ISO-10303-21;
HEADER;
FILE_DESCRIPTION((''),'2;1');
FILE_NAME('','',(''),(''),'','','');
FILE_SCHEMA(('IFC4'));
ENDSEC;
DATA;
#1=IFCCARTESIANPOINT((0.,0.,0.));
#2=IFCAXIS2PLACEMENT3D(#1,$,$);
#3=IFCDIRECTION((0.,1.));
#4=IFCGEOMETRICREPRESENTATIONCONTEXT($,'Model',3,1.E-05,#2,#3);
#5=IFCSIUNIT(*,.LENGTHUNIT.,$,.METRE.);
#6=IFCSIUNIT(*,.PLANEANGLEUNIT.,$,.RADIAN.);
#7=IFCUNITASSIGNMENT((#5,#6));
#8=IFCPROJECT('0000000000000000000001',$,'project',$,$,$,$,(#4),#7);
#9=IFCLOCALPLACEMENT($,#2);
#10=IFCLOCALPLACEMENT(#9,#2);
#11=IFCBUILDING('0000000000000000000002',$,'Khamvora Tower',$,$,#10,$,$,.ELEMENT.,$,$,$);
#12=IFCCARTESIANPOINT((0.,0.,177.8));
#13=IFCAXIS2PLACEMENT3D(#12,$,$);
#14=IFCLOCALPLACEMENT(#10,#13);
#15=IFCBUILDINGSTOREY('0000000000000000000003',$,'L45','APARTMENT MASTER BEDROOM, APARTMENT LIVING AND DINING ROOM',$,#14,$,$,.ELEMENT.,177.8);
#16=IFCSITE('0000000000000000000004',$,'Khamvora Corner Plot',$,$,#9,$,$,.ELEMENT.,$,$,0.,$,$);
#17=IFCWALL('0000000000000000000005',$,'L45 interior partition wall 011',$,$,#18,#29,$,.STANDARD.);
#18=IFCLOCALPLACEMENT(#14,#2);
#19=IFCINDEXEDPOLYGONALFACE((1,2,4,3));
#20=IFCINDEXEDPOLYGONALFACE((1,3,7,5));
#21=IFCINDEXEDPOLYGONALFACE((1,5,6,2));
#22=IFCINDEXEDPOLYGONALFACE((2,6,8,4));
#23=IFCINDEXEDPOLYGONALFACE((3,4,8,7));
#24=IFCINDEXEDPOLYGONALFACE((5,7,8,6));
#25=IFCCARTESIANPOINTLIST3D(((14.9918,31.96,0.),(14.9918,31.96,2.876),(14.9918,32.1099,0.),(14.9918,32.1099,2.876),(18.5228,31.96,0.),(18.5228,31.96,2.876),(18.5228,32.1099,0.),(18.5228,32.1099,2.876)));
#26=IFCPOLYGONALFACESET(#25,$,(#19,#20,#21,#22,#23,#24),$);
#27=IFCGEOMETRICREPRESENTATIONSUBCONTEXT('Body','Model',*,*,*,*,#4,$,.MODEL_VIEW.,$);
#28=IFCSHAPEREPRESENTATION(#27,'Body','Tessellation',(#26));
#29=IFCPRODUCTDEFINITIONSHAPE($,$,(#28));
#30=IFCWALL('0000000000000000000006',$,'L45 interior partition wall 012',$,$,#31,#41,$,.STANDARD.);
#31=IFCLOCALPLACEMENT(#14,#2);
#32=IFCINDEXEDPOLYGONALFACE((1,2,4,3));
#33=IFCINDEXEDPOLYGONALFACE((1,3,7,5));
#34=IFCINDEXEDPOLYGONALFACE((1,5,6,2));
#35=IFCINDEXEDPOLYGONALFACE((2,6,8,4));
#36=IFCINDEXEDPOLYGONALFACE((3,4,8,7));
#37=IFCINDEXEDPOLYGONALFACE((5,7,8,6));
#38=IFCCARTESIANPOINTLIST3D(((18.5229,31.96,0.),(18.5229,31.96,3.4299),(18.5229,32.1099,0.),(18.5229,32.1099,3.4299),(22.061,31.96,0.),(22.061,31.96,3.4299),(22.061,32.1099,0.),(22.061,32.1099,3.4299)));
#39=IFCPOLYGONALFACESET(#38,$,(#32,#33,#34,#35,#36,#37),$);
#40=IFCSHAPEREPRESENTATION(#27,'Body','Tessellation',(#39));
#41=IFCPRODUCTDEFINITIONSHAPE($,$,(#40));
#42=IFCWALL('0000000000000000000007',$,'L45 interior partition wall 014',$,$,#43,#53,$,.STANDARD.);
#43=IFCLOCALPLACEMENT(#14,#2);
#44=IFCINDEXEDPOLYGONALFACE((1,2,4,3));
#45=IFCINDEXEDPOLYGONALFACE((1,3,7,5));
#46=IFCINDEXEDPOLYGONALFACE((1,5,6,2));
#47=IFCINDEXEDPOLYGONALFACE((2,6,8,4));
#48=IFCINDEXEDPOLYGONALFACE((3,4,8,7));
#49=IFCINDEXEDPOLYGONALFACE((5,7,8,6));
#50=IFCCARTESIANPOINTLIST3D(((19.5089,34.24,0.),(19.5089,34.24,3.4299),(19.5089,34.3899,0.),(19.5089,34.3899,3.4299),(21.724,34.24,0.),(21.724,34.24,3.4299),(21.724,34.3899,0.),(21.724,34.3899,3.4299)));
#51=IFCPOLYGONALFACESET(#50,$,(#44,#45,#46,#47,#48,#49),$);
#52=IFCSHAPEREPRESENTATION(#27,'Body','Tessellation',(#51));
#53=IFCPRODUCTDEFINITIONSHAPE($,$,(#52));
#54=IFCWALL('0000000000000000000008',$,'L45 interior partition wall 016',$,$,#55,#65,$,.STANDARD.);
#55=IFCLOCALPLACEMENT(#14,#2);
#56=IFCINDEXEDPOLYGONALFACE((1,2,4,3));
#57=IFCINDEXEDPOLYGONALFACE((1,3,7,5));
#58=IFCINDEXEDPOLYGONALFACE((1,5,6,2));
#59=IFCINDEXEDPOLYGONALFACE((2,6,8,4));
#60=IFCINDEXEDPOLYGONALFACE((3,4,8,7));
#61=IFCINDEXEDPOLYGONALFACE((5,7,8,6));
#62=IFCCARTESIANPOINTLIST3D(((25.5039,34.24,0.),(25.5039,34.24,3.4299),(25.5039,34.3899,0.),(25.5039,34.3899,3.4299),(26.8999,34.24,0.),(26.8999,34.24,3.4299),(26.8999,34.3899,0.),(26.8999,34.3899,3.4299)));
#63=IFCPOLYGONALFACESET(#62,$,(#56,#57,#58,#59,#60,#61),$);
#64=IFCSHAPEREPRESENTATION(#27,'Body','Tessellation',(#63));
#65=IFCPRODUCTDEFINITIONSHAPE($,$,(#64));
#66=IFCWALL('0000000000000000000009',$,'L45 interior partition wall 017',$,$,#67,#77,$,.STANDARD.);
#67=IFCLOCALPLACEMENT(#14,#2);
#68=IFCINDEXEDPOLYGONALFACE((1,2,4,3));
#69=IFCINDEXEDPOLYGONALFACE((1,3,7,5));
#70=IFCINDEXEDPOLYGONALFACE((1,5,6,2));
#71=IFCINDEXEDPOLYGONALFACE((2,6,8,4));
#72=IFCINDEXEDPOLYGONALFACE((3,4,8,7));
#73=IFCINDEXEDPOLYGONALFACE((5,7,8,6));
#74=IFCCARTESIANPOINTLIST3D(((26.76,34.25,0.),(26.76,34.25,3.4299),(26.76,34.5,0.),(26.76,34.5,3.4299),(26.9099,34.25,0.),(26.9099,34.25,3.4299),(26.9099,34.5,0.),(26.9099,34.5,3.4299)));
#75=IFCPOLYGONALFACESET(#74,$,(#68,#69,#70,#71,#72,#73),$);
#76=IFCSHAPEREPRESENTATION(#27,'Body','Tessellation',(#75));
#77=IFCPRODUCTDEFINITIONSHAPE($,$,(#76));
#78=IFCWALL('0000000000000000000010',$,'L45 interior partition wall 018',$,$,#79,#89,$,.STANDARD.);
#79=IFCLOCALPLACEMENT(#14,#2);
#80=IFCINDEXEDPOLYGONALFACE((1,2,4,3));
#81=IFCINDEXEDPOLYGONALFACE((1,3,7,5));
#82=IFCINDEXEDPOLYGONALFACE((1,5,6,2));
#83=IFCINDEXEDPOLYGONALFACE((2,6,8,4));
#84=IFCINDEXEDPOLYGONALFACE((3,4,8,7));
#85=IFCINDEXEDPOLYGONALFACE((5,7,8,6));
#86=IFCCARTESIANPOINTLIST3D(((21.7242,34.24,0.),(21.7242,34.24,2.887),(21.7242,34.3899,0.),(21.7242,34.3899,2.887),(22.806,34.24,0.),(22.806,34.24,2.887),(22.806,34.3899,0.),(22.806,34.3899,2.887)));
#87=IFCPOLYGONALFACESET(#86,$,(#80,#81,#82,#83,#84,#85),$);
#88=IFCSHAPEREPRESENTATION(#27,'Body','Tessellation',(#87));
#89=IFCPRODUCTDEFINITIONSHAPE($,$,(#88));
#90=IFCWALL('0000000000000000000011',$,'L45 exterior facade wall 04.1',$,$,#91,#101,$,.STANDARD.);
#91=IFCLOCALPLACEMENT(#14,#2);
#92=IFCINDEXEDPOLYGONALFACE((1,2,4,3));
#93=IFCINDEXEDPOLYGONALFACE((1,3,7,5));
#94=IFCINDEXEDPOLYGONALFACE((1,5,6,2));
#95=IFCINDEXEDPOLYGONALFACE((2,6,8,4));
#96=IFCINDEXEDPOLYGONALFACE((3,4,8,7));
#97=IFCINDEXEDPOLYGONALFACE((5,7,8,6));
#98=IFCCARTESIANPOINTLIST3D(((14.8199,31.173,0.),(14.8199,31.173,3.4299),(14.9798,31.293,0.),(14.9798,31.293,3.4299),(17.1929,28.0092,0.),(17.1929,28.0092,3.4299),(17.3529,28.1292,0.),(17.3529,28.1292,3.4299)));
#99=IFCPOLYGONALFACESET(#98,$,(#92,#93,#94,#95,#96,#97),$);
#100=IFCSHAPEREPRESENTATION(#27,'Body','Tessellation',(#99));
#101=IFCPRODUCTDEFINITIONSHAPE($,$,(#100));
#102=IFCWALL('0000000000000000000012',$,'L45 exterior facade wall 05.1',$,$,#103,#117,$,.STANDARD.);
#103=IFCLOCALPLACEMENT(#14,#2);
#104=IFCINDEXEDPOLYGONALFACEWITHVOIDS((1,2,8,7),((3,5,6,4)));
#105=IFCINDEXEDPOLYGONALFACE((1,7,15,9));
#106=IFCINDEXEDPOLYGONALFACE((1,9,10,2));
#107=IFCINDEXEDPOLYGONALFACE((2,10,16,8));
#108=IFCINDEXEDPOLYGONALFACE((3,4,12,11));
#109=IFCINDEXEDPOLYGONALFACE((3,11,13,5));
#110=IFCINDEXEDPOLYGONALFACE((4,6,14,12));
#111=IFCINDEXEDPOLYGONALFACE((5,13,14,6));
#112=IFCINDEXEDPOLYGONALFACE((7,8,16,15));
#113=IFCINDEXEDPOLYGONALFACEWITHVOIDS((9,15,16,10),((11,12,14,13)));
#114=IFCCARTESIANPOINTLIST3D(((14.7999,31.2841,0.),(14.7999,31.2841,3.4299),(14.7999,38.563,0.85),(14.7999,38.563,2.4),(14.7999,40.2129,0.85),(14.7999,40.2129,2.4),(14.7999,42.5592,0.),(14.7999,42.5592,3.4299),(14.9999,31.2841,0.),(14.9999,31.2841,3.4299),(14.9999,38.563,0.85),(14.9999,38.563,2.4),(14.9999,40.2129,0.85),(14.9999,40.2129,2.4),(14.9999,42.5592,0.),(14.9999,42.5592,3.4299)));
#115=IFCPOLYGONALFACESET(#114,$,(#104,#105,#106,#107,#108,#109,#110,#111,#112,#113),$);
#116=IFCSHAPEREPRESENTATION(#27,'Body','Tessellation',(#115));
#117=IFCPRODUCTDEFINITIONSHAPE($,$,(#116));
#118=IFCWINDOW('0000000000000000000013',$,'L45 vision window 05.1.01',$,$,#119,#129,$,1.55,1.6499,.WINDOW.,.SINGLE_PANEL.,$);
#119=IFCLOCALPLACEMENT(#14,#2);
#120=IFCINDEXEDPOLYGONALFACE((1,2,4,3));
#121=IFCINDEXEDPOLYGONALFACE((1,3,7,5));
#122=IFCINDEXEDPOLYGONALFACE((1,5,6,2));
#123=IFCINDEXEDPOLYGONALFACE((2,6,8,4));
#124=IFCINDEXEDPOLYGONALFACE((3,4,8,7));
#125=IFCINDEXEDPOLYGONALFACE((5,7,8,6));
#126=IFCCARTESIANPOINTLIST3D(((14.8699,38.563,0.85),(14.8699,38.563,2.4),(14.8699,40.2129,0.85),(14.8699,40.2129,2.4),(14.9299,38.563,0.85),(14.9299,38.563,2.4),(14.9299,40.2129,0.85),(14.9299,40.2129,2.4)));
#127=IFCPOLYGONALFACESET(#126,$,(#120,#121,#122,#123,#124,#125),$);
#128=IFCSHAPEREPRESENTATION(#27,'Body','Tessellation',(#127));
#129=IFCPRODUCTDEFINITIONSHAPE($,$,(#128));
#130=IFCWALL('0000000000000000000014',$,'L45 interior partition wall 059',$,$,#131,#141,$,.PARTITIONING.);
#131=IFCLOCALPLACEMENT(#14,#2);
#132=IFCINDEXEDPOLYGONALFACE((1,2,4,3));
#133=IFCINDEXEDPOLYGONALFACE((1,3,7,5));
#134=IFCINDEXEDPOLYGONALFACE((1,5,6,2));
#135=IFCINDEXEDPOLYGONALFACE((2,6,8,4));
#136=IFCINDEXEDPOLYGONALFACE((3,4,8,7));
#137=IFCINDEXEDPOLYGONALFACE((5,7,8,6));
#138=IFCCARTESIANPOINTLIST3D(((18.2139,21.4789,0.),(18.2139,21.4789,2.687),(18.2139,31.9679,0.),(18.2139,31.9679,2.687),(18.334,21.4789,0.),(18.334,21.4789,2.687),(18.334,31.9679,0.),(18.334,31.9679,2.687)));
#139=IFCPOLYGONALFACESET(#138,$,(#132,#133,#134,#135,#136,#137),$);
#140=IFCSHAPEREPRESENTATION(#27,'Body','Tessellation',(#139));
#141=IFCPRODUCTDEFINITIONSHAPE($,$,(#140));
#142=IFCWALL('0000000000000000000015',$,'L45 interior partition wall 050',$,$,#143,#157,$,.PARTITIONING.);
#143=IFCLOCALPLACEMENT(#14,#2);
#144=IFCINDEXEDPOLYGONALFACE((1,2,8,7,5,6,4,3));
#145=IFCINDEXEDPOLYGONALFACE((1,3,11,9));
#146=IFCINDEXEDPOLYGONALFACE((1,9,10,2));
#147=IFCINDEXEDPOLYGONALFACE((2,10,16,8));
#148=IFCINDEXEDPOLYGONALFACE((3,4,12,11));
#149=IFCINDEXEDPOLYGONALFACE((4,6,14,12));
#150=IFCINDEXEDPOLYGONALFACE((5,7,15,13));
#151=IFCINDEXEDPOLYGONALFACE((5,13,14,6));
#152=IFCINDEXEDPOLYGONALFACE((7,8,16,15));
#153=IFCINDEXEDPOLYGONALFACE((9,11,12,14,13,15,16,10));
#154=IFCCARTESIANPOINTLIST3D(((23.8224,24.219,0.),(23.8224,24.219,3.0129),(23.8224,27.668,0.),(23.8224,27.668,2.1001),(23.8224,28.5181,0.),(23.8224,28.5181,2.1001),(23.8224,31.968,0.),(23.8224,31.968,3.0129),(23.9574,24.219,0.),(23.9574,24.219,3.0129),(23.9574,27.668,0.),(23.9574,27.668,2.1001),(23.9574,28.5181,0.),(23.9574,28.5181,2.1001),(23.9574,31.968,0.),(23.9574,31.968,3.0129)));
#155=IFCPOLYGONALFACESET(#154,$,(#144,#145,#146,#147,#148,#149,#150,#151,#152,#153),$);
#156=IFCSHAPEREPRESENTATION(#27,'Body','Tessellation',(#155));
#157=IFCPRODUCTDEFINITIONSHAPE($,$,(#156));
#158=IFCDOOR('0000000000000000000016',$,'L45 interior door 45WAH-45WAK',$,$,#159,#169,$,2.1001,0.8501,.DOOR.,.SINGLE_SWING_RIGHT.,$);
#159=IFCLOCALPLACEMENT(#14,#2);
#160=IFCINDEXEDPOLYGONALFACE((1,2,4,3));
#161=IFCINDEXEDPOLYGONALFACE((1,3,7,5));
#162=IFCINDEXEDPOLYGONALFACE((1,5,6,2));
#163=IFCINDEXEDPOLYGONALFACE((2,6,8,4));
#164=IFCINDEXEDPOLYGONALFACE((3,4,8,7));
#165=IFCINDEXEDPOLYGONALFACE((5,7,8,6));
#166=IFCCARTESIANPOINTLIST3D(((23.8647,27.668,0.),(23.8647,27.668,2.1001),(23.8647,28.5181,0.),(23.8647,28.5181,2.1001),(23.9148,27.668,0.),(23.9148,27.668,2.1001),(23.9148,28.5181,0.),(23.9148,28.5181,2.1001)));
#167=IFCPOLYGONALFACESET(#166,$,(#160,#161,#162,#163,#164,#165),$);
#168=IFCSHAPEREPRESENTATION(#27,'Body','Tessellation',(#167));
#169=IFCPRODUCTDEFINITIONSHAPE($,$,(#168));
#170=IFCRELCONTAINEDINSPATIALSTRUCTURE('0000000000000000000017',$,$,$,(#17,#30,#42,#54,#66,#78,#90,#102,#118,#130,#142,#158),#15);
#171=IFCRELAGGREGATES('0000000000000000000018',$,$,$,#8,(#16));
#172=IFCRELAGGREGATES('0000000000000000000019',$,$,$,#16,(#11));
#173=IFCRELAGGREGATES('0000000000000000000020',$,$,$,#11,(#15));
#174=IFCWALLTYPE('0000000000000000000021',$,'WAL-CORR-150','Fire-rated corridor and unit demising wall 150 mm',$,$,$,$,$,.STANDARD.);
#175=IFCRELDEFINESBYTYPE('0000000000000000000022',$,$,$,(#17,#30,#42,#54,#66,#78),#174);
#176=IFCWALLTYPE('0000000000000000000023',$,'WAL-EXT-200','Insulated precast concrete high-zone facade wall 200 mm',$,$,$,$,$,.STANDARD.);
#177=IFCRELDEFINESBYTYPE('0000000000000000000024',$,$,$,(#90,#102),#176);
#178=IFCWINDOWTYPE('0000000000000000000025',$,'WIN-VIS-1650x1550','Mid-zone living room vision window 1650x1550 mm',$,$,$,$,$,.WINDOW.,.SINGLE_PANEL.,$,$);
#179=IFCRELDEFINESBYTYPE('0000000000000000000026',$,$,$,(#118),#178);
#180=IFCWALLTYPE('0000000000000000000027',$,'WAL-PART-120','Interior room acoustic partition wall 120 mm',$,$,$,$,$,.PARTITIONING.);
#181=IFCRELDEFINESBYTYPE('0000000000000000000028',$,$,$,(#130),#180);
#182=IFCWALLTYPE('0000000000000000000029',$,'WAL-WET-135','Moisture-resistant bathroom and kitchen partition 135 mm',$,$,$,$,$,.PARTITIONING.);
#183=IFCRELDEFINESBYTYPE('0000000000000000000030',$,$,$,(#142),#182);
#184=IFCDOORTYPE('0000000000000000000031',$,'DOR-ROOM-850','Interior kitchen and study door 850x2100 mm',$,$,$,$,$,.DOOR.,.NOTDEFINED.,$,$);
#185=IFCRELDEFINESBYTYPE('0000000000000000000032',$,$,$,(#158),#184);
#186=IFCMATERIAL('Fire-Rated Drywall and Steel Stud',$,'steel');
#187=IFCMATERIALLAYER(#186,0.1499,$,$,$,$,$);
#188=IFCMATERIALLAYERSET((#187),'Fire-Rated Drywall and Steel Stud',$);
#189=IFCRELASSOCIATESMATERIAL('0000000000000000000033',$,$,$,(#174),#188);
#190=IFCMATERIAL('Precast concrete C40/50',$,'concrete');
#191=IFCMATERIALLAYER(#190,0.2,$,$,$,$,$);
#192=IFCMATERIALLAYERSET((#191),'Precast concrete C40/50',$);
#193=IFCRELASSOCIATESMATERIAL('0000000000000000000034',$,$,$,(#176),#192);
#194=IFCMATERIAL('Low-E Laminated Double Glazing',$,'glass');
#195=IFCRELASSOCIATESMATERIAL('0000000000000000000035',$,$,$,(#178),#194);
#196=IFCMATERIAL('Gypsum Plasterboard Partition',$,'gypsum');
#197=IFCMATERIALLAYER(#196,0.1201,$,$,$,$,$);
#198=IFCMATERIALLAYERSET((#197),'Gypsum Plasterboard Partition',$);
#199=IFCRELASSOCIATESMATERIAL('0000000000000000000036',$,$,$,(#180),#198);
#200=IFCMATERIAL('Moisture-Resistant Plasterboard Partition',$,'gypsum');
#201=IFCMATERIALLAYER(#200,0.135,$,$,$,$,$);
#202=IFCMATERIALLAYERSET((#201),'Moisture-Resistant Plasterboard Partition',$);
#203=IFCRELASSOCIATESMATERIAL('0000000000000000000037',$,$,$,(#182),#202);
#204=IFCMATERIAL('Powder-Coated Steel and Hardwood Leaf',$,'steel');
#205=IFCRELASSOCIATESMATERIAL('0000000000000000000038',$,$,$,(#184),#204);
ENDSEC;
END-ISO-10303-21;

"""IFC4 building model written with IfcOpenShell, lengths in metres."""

from ifc_helpers import new_model, si_unit, direction, frame, frame_2d, origin, place, context, subcontext, project, spatial, rectangle, extrude, material, layer, layer_set, type_object, element, fill, save


model = new_model("IFC4")

# Units and contexts
model_context = context("Model", 3, precision=1e-05, world=origin(), true_north=direction((0.0, 1.0)))
body_context = subcontext(model_context, "Body", "Model", "MODEL_VIEW")
ifc_project = project(units=[si_unit("LENGTHUNIT", "METRE"), si_unit("PLANEANGLEUNIT", "RADIAN")], contexts=[model_context])

# Site, building, storey
site_placement = place(None, origin())
site = spatial("IfcSite", under=ifc_project, at=site_placement, Name="Khamvora Corner Plot", CompositionType="ELEMENT", RefElevation=0.0)
building_placement = place(site_placement, origin())
building = spatial("IfcBuilding", under=site, at=building_placement, Name="Khamvora Tower", CompositionType="ELEMENT")
storey_placement = place(building_placement, frame((0.0, 0.0, 177.8)))
storey = spatial("IfcBuildingStorey", under=building, at=storey_placement, Name="L45", Description="APARTMENT MASTER BEDROOM, APARTMENT LIVING AND DINING ROOM", CompositionType="ELEMENT", Elevation=177.8)

# Walls
ifc_material_1 = material(Name="Fire-Rated Drywall and Steel Stud", Category="steel")
ifc_layer_1 = layer(ifc_material_1, 0.1499)
ifc_layer_set_1 = layer_set([ifc_layer_1], Name="Fire-Rated Drywall and Steel Stud")
wall_type_1 = type_object("IfcWallType", Name="WAL-CORR-150", Description="Fire-rated corridor and unit demising wall 150 mm", PredefinedType="STANDARD", material=ifc_layer_set_1)
wall_1_placement = place(storey_placement, frame((18.5229, 32.0349, 0.0), z_axis=(0.0, 0.0, 1.0), x_axis=(-1.0, 0.0, 0.0)))
element("IfcWall", 1, at=wall_1_placement, inside=storey, type_object=wall_type_1, Name="L45 interior partition wall 011", PredefinedType="STANDARD", context=body_context, shape_type="SweptSolid", body=[
    extrude(rectangle(XDim=3.531, YDim=0.1499, at=frame_2d((1.7656, 0.0))), origin(), (0.0, 0.0, 1.0), 2.876),
])
wall_2_placement = place(storey_placement, frame((22.061, 32.0349, 0.0), z_axis=(0.0, 0.0, 1.0), x_axis=(-1.0, 0.0, 0.0)))
element("IfcWall", 2, at=wall_2_placement, inside=storey, type_object=wall_type_1, Name="L45 interior partition wall 012", PredefinedType="STANDARD", context=body_context, shape_type="SweptSolid", body=[
    extrude(rectangle(XDim=3.5381, YDim=0.1499, at=frame_2d((1.769, 0.0))), origin(), (0.0, 0.0, 1.0), 3.4299),
])

# Shared definitions
ifc_material_2 = material(Name="Powder-Coated Steel and Hardwood Leaf", Category="steel")

# Wall
wall_3_placement = place(storey_placement, frame((19.509, 34.3149, 0.0), z_axis=(0.0, 0.0, 1.0), x_axis=(1.0, 0.0, 0.0)))
element("IfcWall", 3, at=wall_3_placement, inside=storey, type_object=wall_type_1, Name="L45 interior partition wall 014", PredefinedType="STANDARD", context=body_context, shape_type="SweptSolid", body=[
    extrude(rectangle(XDim=2.2151, YDim=0.1499, at=frame_2d((1.1074, 0.0))), origin(), (0.0, 0.0, 1.0), 3.4299),
])

# Walls
wall_4_placement = place(storey_placement, frame((25.5039, 34.3149, 0.0), z_axis=(0.0, 0.0, 1.0), x_axis=(1.0, 0.0, 0.0)))
element("IfcWall", 4, at=wall_4_placement, inside=storey, type_object=wall_type_1, Name="L45 interior partition wall 016", PredefinedType="STANDARD", context=body_context, shape_type="SweptSolid", body=[
    extrude(rectangle(XDim=1.396, YDim=0.1499, at=frame_2d((0.698, 0.0))), origin(), (0.0, 0.0, 1.0), 3.4299),
])
wall_5_placement = place(storey_placement, frame((26.835, 34.25, 0.0), z_axis=(0.0, 0.0, 1.0), x_axis=(0.0, 1.0, 0.0)))
element("IfcWall", 5, at=wall_5_placement, inside=storey, type_object=wall_type_1, Name="L45 interior partition wall 017", PredefinedType="STANDARD", context=body_context, shape_type="SweptSolid", body=[
    extrude(rectangle(XDim=0.25, YDim=0.1499, at=frame_2d((0.125, 0.0))), origin(), (0.0, 0.0, 1.0), 3.4299),
])
wall_6_placement = place(storey_placement, frame((21.7241, 34.3149, 0.0), z_axis=(0.0, 0.0, 1.0), x_axis=(1.0, 0.0, 0.0)))
element("IfcWall", 6, at=wall_6_placement, inside=storey, type_object=wall_type_1, Name="L45 interior partition wall 018", PredefinedType="STANDARD", context=body_context, shape_type="SweptSolid", body=[
    extrude(rectangle(XDim=1.0818, YDim=0.1499, at=frame_2d((0.541, 0.0))), origin(), (0.0, 0.0, 1.0), 2.887),
])
ifc_material_3 = material(Name="Precast concrete C40/50", Category="concrete")
ifc_layer_2 = layer(ifc_material_3, 0.2)
ifc_layer_set_2 = layer_set([ifc_layer_2], Name="Precast concrete C40/50")
wall_type_2 = type_object("IfcWallType", Name="WAL-EXT-200", Description="Insulated precast concrete high-zone facade wall 200 mm", PredefinedType="STANDARD", material=ifc_layer_set_2)
wall_7_placement = place(storey_placement, frame((17.2729, 28.0691, 0.0), z_axis=(0.0, 0.0, 1.0), x_axis=(-0.60003, 0.799978, 0.0)))
element("IfcWall", 7, at=wall_7_placement, inside=storey, type_object=wall_type_2, Name="L45 exterior facade wall 04.1", PredefinedType="STANDARD", context=body_context, shape_type="SweptSolid", body=[
    extrude(rectangle(XDim=3.9548, YDim=0.2, at=frame_2d((1.9775, 0.0))), origin(), (0.0, 0.0, 1.0), 3.4299),
])

# Wall, opening, window
wall_8_placement = place(storey_placement, frame((14.8999, 31.2839, 0.0), z_axis=(0.0, 0.0, 1.0), x_axis=(0.0, 1.0, 0.0)))
wall_8 = element("IfcWall", 8, at=wall_8_placement, inside=storey, type_object=wall_type_2, Name="L45 exterior facade wall 05.1", PredefinedType="STANDARD", context=body_context, shape_type="SweptSolid", body=[
    extrude(rectangle(XDim=11.2751, YDim=0.2, at=frame_2d((5.6377, 0.0))), origin(), (0.0, 0.0, 1.0), 3.4299),
])
opening_1_placement = place(wall_8_placement, frame((7.2791, 0.0, 0.8501)))
opening_1 = element("IfcOpeningElement", 9, at=opening_1_placement, cuts=wall_8, PredefinedType="OPENING", context=body_context, shape_type="SweptSolid", body=[
    extrude(rectangle(XDim=1.6499, YDim=1.55, at=frame_2d((0.825, 0.7749))), frame((0.0, 0.1099, 0.0), z_axis=(0.0, -1.0, 0.0), x_axis=(1.0, 0.0, 0.0)), (0.0, 0.0, 1.0), 0.22),
])
ifc_material_4 = material(Name="Low-E Laminated Double Glazing", Category="glass")
window_type = type_object("IfcWindowType", Name="WIN-VIS-1650x1550", Description="Mid-zone living room vision window 1650x1550 mm", PartitioningType="SINGLE_PANEL", PredefinedType="WINDOW", material=ifc_material_4)
window_placement = place(opening_1_placement, origin())
window = element("IfcWindow", 10, at=window_placement, inside=storey, type_object=window_type, Name="L45 vision window 05.1.01", OverallHeight=1.55, OverallWidth=1.6499, PartitioningType="SINGLE_PANEL", PredefinedType="WINDOW", context=body_context, shape_type="SweptSolid", body=[
    extrude(rectangle(XDim=1.6499, YDim=1.55, at=frame_2d((0.825, 0.7749))), frame((0.0, 0.03, 0.0), z_axis=(0.0, -1.0, 0.0), x_axis=(1.0, 0.0, 0.0)), (0.0, 0.0, 1.0), 0.0601),
])
fill(opening_1, window)

# Wall
ifc_material_5 = material(Name="Gypsum Plasterboard Partition", Category="gypsum")
ifc_layer_3 = layer(ifc_material_5, 0.1201)
ifc_layer_set_3 = layer_set([ifc_layer_3], Name="Gypsum Plasterboard Partition")
wall_type_3 = type_object("IfcWallType", Name="WAL-PART-120", Description="Interior room acoustic partition wall 120 mm", PredefinedType="PARTITIONING", material=ifc_layer_set_3)
wall_9_placement = place(storey_placement, frame((18.2739, 31.968, 0.0), z_axis=(0.0, 0.0, 1.0), x_axis=(0.0, -1.0, 0.0)))
element("IfcWall", 11, at=wall_9_placement, inside=storey, type_object=wall_type_3, Name="L45 interior partition wall 059", PredefinedType="PARTITIONING", context=body_context, shape_type="SweptSolid", body=[
    extrude(rectangle(XDim=10.489, YDim=0.1201, at=frame_2d((5.2446, 0.0))), origin(), (0.0, 0.0, 1.0), 2.687),
])

# Wall, opening, door
ifc_material_6 = material(Name="Moisture-Resistant Plasterboard Partition", Category="gypsum")
ifc_layer_4 = layer(ifc_material_6, 0.135)
ifc_layer_set_4 = layer_set([ifc_layer_4], Name="Moisture-Resistant Plasterboard Partition")
wall_type_4 = type_object("IfcWallType", Name="WAL-WET-135", Description="Moisture-resistant bathroom and kitchen partition 135 mm", PredefinedType="PARTITIONING", material=ifc_layer_set_4)
wall_10_placement = place(storey_placement, frame((23.8899, 31.968, 0.0), z_axis=(0.0, 0.0, 1.0), x_axis=(0.0, -1.0, 0.0)))
wall_10 = element("IfcWall", 12, at=wall_10_placement, inside=storey, type_object=wall_type_4, Name="L45 interior partition wall 050", PredefinedType="PARTITIONING", context=body_context, shape_type="SweptSolid", body=[
    extrude(rectangle(XDim=7.749, YDim=0.135, at=frame_2d((3.8745, 0.0))), origin(), (0.0, 0.0, 1.0), 3.0129),
])
opening_2_placement = place(wall_10_placement, frame((3.45, 0.0, 0.0)))
opening_2 = element("IfcOpeningElement", 13, at=opening_2_placement, cuts=wall_10, PredefinedType="OPENING", context=body_context, shape_type="SweptSolid", body=[
    extrude(rectangle(XDim=0.8501, YDim=2.1001, at=frame_2d((0.425, 1.05))), frame((0.0, 0.0774, 0.0), z_axis=(0.0, -1.0, 0.0), x_axis=(1.0, 0.0, 0.0)), (0.0, 0.0, 1.0), 0.155),
])
door_type_1 = type_object("IfcDoorType", Name="DOR-ROOM-850", Description="Interior kitchen and study door 850x2100 mm", OperationType="NOTDEFINED", PredefinedType="DOOR", material=ifc_material_2)
door_1_placement = place(opening_2_placement, origin())
door_1 = element("IfcDoor", 14, at=door_1_placement, inside=storey, type_object=door_type_1, Name="L45 interior door 45WAH-45WAK", OperationType="SINGLE_SWING_RIGHT", OverallHeight=2.1001, OverallWidth=0.8501, PredefinedType="DOOR", context=body_context, shape_type="SweptSolid", body=[
    extrude(rectangle(XDim=0.8501, YDim=2.1001, at=frame_2d((0.425, 1.05))), frame((0.0, 0.0249, 0.0), z_axis=(0.0, -1.0, 0.0), x_axis=(1.0, 0.0, 0.0)), (0.0, 0.0, 1.0), 0.05),
])
fill(opening_2, door_1)

save(model, "model.ifc")
